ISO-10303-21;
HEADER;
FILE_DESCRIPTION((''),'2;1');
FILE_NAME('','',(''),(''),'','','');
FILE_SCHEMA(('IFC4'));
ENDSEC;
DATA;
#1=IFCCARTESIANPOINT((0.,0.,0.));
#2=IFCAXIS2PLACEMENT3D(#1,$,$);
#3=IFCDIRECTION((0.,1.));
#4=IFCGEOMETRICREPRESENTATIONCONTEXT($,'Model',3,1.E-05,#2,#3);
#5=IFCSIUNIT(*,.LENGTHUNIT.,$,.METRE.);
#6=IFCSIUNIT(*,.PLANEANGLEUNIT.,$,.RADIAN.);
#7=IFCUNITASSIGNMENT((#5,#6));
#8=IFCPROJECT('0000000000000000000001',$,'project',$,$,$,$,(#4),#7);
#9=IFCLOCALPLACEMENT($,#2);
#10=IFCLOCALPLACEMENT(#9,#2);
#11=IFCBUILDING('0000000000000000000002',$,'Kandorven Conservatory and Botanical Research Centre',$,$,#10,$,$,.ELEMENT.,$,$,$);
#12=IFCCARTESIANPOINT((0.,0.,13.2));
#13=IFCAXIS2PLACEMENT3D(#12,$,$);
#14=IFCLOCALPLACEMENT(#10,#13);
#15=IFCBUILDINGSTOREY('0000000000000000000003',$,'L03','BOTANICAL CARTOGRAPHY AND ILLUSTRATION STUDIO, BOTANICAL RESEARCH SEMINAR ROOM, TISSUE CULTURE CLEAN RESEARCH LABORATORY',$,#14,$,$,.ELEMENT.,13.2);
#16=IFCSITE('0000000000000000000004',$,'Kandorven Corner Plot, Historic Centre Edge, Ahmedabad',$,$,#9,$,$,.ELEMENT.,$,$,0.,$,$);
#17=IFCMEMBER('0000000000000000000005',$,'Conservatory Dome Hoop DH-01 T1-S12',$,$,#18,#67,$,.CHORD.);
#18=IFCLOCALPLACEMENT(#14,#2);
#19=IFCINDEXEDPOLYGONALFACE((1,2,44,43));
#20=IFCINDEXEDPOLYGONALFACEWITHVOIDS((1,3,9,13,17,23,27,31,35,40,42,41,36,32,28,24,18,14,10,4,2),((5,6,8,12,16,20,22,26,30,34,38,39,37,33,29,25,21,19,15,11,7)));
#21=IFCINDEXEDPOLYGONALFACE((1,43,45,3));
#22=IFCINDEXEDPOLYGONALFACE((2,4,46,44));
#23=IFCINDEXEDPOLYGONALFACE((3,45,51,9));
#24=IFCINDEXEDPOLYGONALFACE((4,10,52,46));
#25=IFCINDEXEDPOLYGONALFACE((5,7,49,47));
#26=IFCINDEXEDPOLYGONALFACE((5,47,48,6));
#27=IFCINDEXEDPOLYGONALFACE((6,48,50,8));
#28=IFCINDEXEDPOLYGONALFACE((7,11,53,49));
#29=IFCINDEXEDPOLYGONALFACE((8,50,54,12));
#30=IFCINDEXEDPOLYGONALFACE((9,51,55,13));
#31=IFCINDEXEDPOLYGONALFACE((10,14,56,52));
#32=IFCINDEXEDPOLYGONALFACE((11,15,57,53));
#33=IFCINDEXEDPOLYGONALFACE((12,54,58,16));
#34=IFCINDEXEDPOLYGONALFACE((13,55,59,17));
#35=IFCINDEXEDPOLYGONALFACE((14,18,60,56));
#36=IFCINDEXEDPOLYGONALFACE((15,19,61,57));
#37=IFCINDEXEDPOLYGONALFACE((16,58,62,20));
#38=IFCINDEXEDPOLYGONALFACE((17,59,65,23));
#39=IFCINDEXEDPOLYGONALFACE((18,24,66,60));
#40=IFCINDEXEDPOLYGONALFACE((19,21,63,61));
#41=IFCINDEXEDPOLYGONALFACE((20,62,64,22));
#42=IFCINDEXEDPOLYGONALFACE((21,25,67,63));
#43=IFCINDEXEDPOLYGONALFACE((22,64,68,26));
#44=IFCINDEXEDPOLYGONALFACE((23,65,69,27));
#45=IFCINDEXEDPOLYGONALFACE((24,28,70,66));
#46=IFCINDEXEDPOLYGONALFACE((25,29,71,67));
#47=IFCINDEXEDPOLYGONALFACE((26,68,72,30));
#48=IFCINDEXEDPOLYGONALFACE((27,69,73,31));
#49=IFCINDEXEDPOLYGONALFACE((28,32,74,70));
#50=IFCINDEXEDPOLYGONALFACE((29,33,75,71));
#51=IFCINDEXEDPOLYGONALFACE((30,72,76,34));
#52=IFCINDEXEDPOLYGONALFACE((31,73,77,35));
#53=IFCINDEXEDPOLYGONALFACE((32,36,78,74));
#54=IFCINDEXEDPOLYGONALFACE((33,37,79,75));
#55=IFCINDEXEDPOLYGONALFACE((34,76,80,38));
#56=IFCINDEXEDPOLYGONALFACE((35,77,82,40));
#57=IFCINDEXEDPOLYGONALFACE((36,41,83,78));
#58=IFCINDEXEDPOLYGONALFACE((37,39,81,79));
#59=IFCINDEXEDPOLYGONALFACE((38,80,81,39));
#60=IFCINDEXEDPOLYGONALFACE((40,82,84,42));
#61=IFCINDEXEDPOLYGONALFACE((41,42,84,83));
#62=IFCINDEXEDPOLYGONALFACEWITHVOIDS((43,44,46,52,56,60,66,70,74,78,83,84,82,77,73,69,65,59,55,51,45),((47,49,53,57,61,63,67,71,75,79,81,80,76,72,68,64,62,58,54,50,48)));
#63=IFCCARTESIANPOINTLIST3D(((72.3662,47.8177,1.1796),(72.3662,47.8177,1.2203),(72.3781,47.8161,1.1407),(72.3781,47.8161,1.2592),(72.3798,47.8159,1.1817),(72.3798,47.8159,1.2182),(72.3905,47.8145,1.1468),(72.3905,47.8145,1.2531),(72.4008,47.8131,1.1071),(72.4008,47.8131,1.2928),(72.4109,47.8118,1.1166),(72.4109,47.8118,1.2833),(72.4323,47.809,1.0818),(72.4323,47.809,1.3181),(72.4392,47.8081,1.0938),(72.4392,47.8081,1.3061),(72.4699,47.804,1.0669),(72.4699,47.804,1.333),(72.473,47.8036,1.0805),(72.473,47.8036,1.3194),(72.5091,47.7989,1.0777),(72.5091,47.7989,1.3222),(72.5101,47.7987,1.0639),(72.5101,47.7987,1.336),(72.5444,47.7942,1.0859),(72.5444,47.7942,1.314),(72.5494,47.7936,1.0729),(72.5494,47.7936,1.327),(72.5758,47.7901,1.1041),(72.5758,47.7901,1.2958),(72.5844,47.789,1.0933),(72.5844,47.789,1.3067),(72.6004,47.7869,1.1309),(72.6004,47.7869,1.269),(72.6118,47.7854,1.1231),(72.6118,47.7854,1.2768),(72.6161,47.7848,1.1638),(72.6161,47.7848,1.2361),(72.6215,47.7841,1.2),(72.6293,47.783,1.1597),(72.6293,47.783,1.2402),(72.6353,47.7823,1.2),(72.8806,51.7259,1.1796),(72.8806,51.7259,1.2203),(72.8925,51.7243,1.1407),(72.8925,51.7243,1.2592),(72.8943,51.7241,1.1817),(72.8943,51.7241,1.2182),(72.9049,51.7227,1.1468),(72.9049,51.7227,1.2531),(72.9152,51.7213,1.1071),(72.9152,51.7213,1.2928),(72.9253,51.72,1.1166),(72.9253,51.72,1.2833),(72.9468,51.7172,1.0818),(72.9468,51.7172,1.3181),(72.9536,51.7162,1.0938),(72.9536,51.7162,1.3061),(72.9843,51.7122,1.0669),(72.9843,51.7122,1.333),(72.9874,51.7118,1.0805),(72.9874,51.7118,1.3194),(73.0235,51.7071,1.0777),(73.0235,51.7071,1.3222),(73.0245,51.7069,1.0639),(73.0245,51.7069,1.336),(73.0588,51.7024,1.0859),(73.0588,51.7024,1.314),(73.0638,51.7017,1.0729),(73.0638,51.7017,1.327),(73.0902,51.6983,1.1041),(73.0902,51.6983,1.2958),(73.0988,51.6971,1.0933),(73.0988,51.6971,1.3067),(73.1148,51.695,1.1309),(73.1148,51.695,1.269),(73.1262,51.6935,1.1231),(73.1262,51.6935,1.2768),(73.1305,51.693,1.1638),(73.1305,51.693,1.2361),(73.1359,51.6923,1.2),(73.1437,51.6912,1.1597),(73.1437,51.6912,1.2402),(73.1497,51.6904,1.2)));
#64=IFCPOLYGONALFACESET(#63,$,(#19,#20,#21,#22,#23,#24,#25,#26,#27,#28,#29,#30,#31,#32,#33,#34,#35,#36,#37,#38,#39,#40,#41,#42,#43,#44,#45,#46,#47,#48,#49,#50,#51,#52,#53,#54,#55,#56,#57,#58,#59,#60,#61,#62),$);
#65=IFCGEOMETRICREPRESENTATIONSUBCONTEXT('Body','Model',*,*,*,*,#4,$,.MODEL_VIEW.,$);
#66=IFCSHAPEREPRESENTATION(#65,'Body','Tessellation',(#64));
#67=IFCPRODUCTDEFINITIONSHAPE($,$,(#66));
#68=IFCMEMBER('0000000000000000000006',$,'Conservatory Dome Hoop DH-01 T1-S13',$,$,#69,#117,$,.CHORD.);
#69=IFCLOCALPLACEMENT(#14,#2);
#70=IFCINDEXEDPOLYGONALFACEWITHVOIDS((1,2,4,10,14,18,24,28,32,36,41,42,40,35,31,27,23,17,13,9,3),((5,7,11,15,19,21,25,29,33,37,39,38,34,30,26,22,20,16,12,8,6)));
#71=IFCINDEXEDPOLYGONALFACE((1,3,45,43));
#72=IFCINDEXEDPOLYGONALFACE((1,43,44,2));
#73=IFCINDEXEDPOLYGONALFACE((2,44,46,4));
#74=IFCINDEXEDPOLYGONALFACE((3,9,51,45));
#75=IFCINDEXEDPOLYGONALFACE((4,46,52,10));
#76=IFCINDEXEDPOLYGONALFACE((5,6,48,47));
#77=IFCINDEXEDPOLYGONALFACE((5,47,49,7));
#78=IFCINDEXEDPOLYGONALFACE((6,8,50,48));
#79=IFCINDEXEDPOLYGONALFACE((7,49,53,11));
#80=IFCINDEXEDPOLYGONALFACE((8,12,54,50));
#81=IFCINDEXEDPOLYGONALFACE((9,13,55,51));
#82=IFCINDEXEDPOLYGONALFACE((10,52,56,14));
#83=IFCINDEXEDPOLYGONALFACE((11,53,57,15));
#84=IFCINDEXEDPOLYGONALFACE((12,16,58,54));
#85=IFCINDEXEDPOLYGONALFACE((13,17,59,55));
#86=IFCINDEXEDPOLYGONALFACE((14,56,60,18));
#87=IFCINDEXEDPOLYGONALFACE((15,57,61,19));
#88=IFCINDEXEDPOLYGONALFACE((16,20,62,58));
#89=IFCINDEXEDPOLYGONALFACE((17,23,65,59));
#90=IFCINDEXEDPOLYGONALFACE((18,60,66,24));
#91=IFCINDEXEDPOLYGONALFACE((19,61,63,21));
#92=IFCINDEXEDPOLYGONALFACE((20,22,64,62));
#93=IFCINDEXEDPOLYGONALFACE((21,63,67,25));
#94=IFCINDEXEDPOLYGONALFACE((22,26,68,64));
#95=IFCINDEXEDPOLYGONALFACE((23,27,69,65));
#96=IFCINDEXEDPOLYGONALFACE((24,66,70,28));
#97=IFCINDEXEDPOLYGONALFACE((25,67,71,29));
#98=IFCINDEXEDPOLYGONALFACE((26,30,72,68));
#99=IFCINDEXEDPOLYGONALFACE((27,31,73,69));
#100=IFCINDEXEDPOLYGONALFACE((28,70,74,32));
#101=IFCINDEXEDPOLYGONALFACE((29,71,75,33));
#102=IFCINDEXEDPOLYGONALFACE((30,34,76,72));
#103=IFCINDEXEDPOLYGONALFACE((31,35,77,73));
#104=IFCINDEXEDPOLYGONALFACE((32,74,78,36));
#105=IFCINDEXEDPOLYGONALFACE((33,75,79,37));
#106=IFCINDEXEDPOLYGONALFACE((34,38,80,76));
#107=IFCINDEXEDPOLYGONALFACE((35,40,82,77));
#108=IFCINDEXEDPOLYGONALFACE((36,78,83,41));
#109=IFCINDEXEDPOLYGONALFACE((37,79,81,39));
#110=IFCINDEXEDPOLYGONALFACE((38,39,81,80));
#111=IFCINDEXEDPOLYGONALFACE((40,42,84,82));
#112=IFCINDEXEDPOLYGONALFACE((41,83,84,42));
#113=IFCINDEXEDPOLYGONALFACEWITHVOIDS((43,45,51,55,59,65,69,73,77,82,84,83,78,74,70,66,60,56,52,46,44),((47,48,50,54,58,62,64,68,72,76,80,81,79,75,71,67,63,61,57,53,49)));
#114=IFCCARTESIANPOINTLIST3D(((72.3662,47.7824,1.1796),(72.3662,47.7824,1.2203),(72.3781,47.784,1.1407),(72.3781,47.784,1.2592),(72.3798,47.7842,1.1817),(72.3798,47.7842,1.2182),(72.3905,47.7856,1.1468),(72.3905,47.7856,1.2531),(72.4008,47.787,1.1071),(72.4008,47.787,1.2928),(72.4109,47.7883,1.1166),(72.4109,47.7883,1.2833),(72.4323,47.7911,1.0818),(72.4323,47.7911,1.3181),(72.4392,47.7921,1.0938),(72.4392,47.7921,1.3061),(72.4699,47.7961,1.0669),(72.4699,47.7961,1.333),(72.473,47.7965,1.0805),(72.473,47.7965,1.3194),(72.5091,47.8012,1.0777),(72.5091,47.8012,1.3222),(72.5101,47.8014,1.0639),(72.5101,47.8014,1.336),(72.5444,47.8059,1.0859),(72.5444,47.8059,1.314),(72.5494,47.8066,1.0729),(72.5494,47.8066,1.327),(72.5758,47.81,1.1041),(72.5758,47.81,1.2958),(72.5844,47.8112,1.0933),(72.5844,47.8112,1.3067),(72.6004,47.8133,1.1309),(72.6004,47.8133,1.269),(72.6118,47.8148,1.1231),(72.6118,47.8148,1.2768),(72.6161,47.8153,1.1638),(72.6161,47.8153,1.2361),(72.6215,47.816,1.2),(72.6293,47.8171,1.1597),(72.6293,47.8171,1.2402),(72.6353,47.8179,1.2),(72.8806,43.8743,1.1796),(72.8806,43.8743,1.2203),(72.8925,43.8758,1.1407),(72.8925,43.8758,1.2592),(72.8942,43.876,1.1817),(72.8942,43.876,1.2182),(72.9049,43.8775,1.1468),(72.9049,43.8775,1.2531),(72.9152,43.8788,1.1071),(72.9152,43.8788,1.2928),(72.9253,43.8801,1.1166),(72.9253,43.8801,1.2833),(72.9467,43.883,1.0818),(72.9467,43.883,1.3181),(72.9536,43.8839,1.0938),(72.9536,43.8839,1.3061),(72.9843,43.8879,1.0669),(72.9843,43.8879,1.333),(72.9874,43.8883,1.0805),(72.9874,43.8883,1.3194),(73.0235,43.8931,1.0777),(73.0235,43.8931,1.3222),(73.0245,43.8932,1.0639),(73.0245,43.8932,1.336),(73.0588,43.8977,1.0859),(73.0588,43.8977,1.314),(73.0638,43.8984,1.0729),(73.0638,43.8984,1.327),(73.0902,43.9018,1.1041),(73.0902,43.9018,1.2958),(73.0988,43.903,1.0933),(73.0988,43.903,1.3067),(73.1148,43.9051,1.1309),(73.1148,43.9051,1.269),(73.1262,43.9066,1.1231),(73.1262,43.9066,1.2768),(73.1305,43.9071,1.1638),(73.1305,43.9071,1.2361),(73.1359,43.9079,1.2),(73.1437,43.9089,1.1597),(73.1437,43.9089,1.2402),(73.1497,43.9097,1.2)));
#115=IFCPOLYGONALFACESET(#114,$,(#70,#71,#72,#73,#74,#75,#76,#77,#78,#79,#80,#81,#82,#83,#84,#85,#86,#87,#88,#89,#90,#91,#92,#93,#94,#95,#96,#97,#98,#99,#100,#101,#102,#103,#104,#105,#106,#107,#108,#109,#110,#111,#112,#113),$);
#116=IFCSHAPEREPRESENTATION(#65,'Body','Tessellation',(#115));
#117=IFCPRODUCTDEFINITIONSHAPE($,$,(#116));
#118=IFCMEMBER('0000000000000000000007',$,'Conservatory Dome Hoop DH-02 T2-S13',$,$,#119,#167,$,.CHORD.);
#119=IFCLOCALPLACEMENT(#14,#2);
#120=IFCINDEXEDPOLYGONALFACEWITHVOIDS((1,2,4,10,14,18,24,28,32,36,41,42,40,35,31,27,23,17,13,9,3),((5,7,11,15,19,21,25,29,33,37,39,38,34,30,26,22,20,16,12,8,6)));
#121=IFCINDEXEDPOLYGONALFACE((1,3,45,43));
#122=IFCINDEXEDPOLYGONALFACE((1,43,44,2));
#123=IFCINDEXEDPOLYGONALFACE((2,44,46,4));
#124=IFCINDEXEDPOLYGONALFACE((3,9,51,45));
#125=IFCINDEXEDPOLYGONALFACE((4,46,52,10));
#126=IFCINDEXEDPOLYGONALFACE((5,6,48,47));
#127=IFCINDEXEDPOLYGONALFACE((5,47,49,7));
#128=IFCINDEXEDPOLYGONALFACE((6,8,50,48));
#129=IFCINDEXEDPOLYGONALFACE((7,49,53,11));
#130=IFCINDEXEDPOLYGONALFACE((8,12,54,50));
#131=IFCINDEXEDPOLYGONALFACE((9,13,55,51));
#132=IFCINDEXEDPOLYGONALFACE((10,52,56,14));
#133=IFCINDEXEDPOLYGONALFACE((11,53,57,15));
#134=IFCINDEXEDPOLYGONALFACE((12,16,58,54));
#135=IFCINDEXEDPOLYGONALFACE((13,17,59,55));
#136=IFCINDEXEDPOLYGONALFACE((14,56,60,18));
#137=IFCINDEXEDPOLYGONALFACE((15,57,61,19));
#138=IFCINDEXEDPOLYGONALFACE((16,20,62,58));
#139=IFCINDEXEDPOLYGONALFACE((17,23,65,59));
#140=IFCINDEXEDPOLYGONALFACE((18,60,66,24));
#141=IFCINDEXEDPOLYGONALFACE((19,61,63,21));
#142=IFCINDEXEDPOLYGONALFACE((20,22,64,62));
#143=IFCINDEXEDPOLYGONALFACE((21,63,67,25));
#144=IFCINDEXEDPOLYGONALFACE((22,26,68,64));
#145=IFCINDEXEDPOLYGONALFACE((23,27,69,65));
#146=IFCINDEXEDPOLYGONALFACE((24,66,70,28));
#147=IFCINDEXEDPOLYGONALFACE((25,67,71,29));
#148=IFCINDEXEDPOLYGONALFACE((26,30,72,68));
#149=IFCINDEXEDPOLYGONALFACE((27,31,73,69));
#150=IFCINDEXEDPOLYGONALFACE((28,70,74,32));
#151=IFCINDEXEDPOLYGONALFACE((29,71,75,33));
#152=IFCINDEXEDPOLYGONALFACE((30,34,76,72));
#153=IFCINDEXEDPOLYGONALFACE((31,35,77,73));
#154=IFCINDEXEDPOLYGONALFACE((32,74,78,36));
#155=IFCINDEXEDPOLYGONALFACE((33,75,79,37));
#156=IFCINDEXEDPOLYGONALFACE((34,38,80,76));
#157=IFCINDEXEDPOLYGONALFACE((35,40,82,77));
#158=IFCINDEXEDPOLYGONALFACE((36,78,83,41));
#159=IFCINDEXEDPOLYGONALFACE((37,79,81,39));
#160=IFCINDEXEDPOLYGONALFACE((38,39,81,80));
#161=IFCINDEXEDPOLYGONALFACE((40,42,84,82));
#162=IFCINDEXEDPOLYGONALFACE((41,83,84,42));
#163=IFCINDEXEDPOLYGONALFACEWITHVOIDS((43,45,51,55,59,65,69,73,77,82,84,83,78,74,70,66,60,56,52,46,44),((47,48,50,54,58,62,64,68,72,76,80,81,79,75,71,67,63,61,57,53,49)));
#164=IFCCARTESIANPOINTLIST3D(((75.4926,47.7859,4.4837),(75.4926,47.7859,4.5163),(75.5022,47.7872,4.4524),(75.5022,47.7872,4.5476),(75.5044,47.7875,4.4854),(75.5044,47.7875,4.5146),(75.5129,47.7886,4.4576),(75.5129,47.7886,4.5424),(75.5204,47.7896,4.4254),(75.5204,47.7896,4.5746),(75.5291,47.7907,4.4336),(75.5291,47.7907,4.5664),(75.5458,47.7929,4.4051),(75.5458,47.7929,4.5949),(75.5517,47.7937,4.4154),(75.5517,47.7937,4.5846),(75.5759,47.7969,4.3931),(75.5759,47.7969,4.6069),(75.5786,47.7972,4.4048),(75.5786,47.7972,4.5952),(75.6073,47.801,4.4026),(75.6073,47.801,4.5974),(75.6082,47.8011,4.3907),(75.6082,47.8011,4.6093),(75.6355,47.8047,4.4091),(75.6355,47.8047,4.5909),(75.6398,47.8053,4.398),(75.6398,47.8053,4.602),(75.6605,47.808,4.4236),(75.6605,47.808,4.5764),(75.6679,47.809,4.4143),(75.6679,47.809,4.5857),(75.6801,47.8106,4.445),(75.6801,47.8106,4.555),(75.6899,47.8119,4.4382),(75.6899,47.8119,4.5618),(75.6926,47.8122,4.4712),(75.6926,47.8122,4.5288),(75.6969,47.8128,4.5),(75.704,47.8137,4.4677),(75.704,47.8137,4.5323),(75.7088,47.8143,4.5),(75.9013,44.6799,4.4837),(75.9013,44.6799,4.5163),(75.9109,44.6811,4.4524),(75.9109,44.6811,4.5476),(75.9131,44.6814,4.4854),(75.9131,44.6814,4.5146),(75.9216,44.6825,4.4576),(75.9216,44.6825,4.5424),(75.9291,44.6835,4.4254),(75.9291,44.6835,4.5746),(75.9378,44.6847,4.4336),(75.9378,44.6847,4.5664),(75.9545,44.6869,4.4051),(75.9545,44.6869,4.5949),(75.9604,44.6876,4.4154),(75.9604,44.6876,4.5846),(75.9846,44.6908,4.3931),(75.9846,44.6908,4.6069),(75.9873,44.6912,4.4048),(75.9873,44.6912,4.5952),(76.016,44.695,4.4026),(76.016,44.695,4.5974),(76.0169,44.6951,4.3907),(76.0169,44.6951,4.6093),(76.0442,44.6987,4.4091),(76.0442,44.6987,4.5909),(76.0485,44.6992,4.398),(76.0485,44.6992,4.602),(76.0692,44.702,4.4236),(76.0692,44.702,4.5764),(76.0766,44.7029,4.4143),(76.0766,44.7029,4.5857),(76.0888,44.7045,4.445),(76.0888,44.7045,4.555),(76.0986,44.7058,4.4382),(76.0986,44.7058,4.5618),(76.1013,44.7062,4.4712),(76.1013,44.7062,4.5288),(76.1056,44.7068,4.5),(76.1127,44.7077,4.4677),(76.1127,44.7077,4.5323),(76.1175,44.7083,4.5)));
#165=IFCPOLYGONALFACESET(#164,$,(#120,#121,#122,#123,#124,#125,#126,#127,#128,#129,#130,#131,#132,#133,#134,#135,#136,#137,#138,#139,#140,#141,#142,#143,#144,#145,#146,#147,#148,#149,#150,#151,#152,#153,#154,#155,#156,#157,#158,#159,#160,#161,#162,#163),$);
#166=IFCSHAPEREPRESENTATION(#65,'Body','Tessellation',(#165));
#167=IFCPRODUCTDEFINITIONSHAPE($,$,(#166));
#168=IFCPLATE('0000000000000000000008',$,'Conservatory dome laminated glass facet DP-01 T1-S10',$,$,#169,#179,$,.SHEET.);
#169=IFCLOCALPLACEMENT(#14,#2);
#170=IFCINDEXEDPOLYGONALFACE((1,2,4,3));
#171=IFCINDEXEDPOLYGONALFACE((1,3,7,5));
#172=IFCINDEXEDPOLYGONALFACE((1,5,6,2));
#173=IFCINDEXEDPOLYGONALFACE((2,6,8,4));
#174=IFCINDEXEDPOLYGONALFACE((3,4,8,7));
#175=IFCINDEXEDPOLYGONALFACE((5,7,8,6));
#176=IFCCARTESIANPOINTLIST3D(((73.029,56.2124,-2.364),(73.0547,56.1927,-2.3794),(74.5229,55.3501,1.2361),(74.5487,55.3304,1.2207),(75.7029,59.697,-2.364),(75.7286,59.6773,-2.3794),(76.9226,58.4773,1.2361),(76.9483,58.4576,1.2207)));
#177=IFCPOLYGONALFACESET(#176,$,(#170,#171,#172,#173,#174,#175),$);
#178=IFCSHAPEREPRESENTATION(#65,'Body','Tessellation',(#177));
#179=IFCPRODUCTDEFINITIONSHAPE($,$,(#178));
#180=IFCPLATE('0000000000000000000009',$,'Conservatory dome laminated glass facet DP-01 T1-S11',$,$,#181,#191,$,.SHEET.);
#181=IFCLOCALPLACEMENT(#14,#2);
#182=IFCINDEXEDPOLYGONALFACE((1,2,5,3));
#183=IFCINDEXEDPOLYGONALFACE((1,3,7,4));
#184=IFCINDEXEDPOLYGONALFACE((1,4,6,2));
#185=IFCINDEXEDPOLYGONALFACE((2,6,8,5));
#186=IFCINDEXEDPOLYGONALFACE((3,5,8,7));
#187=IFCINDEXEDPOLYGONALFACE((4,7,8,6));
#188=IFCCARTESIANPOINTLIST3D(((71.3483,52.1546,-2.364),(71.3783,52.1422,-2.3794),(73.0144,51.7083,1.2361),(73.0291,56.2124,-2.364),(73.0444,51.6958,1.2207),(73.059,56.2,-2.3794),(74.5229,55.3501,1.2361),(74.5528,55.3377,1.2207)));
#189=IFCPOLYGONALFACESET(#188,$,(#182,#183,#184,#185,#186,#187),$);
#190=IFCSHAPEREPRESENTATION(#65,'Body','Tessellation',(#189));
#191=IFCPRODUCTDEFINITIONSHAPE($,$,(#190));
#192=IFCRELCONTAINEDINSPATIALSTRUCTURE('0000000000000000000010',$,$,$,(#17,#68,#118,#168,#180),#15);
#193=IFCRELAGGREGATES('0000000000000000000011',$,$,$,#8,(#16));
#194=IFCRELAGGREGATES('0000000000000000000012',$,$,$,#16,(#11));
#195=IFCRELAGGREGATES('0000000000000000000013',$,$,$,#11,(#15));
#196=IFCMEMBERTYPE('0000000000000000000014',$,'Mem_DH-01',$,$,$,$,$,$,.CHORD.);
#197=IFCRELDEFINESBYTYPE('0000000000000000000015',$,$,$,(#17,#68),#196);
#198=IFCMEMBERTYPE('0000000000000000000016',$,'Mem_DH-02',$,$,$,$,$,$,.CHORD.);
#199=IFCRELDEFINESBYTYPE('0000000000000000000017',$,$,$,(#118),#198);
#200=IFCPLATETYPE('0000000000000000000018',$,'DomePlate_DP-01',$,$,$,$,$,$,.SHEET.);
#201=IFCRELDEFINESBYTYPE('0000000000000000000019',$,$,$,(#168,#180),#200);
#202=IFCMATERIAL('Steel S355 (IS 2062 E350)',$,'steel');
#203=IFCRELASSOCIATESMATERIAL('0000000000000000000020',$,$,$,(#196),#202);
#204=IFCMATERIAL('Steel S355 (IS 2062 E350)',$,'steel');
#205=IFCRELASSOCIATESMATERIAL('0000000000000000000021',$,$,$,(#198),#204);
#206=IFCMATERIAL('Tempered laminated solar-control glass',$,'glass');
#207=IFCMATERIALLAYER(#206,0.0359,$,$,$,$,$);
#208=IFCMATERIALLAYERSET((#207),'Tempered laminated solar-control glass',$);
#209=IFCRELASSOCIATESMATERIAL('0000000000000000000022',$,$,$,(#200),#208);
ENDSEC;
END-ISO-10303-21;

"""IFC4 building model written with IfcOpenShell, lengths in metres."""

from ifc_helpers import new_model, si_unit, direction, frame, origin, origin_2d, place, context, subcontext, project, spatial, polyline, hollow_circle, outline, extrude, material, layer, layer_set, material_profile, profile_set, type_object, element, save


model = new_model("IFC4")

# Units and contexts
model_context = context("Model", 3, precision=1e-05, world=origin(), true_north=direction((0.0, 1.0)))
body_context = subcontext(model_context, "Body", "Model", "MODEL_VIEW")
ifc_project = project(units=[si_unit("LENGTHUNIT", "METRE"), si_unit("PLANEANGLEUNIT", "RADIAN")], contexts=[model_context])

# Site, building, storey
site_placement = place(None, origin())
site = spatial("IfcSite", under=ifc_project, at=site_placement, Name="Kandorven Corner Plot, Historic Centre Edge, Ahmedabad", CompositionType="ELEMENT", RefElevation=0.0)
building_placement = place(site_placement, origin())
building = spatial("IfcBuilding", under=site, at=building_placement, Name="Kandorven Conservatory and Botanical Research Centre", CompositionType="ELEMENT")
storey_placement = place(building_placement, frame((0.0, 0.0, 13.2)))
storey = spatial("IfcBuildingStorey", under=building, at=storey_placement, Name="L03", Description="BOTANICAL CARTOGRAPHY AND ILLUSTRATION STUDIO, BOTANICAL RESEARCH SEMINAR ROOM, TISSUE CULTURE CLEAN RESEARCH LABORATORY", CompositionType="ELEMENT", Elevation=13.2)

# Members
ifc_material_1 = material(Name="Steel S355 (IS 2062 E350)", Category="steel")
ifc_material_profile_1 = material_profile(ifc_material_1, hollow_circle(Radius=0.1365, WallThickness=0.0139, at=origin_2d()))
ifc_profile_set_1 = profile_set([ifc_material_profile_1], Name="Steel S355 (IS 2062 E350)")
member_type_1 = type_object("IfcMemberType", Name="Mem_DH-01", PredefinedType="CHORD", material=ifc_profile_set_1)
for number, where, z_axis, x_axis, name in (
    (1, (73.0144, 51.7083, 1.2), (-0.130496, -0.991449, 0.0), (0.991449, -0.130496, 0.0), "Conservatory Dome Hoop DH-01 T1-S12"),
    (2, (72.5, 47.8, 1.2), (0.130496, -0.991449, 0.0), (0.991449, 0.130496, 0.0), "Conservatory Dome Hoop DH-01 T1-S13"),
):
    element("IfcMember", number, at=place(storey_placement, frame(where, z_axis=z_axis, x_axis=x_axis)), inside=storey, type_object=member_type_1, Name=name, PredefinedType="CHORD", context=body_context, shape_type="SweptSolid", body=[
        extrude(hollow_circle(Radius=0.1365, WallThickness=0.0139, at=origin_2d()), origin(), (0.0, 0.0, 1.0), 3.9419),
    ])
ifc_material_2 = material(Name="Steel S355 (IS 2062 E350)", Category="steel")
ifc_material_profile_2 = material_profile(ifc_material_2, hollow_circle(Radius=0.1096, WallThickness=0.012, at=origin_2d()))
ifc_profile_set_2 = profile_set([ifc_material_profile_2], Name="Steel S355 (IS 2062 E350)")
member_type_2 = type_object("IfcMemberType", Name="Mem_DH-02", PredefinedType="CHORD", material=ifc_profile_set_2)
member_1_placement = place(storey_placement, frame((75.6001, 47.8, 4.5), z_axis=(0.130459, -0.991454, 0.0), x_axis=(0.991454, 0.130459, 0.0)))
element("IfcMember", 3, at=member_1_placement, inside=storey, type_object=member_type_2, Name="Conservatory Dome Hoop DH-02 T2-S13", PredefinedType="CHORD", context=body_context, shape_type="SweptSolid", body=[
    extrude(hollow_circle(Radius=0.1096, WallThickness=0.012, at=origin_2d()), origin(), (0.0, 0.0, 1.0), 3.1328),
])

# Plates
ifc_material_3 = material(Name="Tempered laminated solar-control glass", Category="glass")
ifc_layer_1 = layer(ifc_material_3, 0.0359)
ifc_layer_set_1 = layer_set([ifc_layer_1], Name="Tempered laminated solar-control glass")
plate_type_1 = type_object("IfcPlateType", Name="DomePlate_DP-01", PredefinedType="SHEET", material=ifc_layer_set_1)
plate_1_placement = place(storey_placement, frame((75.7029, 59.697, -2.364), z_axis=(-0.716606, 0.549878, 0.42908), x_axis=(-0.608765, -0.793351, 0.000003)))
element("IfcPlate", 4, at=plate_1_placement, inside=storey, type_object=plate_type_1, Name="Conservatory dome laminated glass facet DP-01 T1-S10", PredefinedType="SHEET", context=body_context, shape_type="SweptSolid", body=[
    extrude(outline(polyline([(0.0, 0.0), (4.3923, 0.0), (4.1669, 3.9856), (0.2252, 3.9857), (0.0, 0.0)])), origin(), (0.0, 0.0, -1.0), 0.0359),
])
plate_2_placement = place(storey_placement, frame((73.0291, 56.2124, -2.364), z_axis=(-0.834521, 0.345658, 0.429063), x_axis=(-0.382668, -0.923886, 0.000008)))
element("IfcPlate", 5, at=plate_2_placement, inside=storey, type_object=plate_type_1, Name="Conservatory dome laminated glass facet DP-01 T1-S11", PredefinedType="SHEET", context=body_context, shape_type="SweptSolid", body=[
    extrude(outline(polyline([(0.0, 0.0), (4.3921, 0.0), (4.167, 3.9856), (0.225, 3.9856), (0.0, 0.0)])), origin(), (0.0, 0.0, -1.0), 0.0359),
])

save(model, "model.ifc")
